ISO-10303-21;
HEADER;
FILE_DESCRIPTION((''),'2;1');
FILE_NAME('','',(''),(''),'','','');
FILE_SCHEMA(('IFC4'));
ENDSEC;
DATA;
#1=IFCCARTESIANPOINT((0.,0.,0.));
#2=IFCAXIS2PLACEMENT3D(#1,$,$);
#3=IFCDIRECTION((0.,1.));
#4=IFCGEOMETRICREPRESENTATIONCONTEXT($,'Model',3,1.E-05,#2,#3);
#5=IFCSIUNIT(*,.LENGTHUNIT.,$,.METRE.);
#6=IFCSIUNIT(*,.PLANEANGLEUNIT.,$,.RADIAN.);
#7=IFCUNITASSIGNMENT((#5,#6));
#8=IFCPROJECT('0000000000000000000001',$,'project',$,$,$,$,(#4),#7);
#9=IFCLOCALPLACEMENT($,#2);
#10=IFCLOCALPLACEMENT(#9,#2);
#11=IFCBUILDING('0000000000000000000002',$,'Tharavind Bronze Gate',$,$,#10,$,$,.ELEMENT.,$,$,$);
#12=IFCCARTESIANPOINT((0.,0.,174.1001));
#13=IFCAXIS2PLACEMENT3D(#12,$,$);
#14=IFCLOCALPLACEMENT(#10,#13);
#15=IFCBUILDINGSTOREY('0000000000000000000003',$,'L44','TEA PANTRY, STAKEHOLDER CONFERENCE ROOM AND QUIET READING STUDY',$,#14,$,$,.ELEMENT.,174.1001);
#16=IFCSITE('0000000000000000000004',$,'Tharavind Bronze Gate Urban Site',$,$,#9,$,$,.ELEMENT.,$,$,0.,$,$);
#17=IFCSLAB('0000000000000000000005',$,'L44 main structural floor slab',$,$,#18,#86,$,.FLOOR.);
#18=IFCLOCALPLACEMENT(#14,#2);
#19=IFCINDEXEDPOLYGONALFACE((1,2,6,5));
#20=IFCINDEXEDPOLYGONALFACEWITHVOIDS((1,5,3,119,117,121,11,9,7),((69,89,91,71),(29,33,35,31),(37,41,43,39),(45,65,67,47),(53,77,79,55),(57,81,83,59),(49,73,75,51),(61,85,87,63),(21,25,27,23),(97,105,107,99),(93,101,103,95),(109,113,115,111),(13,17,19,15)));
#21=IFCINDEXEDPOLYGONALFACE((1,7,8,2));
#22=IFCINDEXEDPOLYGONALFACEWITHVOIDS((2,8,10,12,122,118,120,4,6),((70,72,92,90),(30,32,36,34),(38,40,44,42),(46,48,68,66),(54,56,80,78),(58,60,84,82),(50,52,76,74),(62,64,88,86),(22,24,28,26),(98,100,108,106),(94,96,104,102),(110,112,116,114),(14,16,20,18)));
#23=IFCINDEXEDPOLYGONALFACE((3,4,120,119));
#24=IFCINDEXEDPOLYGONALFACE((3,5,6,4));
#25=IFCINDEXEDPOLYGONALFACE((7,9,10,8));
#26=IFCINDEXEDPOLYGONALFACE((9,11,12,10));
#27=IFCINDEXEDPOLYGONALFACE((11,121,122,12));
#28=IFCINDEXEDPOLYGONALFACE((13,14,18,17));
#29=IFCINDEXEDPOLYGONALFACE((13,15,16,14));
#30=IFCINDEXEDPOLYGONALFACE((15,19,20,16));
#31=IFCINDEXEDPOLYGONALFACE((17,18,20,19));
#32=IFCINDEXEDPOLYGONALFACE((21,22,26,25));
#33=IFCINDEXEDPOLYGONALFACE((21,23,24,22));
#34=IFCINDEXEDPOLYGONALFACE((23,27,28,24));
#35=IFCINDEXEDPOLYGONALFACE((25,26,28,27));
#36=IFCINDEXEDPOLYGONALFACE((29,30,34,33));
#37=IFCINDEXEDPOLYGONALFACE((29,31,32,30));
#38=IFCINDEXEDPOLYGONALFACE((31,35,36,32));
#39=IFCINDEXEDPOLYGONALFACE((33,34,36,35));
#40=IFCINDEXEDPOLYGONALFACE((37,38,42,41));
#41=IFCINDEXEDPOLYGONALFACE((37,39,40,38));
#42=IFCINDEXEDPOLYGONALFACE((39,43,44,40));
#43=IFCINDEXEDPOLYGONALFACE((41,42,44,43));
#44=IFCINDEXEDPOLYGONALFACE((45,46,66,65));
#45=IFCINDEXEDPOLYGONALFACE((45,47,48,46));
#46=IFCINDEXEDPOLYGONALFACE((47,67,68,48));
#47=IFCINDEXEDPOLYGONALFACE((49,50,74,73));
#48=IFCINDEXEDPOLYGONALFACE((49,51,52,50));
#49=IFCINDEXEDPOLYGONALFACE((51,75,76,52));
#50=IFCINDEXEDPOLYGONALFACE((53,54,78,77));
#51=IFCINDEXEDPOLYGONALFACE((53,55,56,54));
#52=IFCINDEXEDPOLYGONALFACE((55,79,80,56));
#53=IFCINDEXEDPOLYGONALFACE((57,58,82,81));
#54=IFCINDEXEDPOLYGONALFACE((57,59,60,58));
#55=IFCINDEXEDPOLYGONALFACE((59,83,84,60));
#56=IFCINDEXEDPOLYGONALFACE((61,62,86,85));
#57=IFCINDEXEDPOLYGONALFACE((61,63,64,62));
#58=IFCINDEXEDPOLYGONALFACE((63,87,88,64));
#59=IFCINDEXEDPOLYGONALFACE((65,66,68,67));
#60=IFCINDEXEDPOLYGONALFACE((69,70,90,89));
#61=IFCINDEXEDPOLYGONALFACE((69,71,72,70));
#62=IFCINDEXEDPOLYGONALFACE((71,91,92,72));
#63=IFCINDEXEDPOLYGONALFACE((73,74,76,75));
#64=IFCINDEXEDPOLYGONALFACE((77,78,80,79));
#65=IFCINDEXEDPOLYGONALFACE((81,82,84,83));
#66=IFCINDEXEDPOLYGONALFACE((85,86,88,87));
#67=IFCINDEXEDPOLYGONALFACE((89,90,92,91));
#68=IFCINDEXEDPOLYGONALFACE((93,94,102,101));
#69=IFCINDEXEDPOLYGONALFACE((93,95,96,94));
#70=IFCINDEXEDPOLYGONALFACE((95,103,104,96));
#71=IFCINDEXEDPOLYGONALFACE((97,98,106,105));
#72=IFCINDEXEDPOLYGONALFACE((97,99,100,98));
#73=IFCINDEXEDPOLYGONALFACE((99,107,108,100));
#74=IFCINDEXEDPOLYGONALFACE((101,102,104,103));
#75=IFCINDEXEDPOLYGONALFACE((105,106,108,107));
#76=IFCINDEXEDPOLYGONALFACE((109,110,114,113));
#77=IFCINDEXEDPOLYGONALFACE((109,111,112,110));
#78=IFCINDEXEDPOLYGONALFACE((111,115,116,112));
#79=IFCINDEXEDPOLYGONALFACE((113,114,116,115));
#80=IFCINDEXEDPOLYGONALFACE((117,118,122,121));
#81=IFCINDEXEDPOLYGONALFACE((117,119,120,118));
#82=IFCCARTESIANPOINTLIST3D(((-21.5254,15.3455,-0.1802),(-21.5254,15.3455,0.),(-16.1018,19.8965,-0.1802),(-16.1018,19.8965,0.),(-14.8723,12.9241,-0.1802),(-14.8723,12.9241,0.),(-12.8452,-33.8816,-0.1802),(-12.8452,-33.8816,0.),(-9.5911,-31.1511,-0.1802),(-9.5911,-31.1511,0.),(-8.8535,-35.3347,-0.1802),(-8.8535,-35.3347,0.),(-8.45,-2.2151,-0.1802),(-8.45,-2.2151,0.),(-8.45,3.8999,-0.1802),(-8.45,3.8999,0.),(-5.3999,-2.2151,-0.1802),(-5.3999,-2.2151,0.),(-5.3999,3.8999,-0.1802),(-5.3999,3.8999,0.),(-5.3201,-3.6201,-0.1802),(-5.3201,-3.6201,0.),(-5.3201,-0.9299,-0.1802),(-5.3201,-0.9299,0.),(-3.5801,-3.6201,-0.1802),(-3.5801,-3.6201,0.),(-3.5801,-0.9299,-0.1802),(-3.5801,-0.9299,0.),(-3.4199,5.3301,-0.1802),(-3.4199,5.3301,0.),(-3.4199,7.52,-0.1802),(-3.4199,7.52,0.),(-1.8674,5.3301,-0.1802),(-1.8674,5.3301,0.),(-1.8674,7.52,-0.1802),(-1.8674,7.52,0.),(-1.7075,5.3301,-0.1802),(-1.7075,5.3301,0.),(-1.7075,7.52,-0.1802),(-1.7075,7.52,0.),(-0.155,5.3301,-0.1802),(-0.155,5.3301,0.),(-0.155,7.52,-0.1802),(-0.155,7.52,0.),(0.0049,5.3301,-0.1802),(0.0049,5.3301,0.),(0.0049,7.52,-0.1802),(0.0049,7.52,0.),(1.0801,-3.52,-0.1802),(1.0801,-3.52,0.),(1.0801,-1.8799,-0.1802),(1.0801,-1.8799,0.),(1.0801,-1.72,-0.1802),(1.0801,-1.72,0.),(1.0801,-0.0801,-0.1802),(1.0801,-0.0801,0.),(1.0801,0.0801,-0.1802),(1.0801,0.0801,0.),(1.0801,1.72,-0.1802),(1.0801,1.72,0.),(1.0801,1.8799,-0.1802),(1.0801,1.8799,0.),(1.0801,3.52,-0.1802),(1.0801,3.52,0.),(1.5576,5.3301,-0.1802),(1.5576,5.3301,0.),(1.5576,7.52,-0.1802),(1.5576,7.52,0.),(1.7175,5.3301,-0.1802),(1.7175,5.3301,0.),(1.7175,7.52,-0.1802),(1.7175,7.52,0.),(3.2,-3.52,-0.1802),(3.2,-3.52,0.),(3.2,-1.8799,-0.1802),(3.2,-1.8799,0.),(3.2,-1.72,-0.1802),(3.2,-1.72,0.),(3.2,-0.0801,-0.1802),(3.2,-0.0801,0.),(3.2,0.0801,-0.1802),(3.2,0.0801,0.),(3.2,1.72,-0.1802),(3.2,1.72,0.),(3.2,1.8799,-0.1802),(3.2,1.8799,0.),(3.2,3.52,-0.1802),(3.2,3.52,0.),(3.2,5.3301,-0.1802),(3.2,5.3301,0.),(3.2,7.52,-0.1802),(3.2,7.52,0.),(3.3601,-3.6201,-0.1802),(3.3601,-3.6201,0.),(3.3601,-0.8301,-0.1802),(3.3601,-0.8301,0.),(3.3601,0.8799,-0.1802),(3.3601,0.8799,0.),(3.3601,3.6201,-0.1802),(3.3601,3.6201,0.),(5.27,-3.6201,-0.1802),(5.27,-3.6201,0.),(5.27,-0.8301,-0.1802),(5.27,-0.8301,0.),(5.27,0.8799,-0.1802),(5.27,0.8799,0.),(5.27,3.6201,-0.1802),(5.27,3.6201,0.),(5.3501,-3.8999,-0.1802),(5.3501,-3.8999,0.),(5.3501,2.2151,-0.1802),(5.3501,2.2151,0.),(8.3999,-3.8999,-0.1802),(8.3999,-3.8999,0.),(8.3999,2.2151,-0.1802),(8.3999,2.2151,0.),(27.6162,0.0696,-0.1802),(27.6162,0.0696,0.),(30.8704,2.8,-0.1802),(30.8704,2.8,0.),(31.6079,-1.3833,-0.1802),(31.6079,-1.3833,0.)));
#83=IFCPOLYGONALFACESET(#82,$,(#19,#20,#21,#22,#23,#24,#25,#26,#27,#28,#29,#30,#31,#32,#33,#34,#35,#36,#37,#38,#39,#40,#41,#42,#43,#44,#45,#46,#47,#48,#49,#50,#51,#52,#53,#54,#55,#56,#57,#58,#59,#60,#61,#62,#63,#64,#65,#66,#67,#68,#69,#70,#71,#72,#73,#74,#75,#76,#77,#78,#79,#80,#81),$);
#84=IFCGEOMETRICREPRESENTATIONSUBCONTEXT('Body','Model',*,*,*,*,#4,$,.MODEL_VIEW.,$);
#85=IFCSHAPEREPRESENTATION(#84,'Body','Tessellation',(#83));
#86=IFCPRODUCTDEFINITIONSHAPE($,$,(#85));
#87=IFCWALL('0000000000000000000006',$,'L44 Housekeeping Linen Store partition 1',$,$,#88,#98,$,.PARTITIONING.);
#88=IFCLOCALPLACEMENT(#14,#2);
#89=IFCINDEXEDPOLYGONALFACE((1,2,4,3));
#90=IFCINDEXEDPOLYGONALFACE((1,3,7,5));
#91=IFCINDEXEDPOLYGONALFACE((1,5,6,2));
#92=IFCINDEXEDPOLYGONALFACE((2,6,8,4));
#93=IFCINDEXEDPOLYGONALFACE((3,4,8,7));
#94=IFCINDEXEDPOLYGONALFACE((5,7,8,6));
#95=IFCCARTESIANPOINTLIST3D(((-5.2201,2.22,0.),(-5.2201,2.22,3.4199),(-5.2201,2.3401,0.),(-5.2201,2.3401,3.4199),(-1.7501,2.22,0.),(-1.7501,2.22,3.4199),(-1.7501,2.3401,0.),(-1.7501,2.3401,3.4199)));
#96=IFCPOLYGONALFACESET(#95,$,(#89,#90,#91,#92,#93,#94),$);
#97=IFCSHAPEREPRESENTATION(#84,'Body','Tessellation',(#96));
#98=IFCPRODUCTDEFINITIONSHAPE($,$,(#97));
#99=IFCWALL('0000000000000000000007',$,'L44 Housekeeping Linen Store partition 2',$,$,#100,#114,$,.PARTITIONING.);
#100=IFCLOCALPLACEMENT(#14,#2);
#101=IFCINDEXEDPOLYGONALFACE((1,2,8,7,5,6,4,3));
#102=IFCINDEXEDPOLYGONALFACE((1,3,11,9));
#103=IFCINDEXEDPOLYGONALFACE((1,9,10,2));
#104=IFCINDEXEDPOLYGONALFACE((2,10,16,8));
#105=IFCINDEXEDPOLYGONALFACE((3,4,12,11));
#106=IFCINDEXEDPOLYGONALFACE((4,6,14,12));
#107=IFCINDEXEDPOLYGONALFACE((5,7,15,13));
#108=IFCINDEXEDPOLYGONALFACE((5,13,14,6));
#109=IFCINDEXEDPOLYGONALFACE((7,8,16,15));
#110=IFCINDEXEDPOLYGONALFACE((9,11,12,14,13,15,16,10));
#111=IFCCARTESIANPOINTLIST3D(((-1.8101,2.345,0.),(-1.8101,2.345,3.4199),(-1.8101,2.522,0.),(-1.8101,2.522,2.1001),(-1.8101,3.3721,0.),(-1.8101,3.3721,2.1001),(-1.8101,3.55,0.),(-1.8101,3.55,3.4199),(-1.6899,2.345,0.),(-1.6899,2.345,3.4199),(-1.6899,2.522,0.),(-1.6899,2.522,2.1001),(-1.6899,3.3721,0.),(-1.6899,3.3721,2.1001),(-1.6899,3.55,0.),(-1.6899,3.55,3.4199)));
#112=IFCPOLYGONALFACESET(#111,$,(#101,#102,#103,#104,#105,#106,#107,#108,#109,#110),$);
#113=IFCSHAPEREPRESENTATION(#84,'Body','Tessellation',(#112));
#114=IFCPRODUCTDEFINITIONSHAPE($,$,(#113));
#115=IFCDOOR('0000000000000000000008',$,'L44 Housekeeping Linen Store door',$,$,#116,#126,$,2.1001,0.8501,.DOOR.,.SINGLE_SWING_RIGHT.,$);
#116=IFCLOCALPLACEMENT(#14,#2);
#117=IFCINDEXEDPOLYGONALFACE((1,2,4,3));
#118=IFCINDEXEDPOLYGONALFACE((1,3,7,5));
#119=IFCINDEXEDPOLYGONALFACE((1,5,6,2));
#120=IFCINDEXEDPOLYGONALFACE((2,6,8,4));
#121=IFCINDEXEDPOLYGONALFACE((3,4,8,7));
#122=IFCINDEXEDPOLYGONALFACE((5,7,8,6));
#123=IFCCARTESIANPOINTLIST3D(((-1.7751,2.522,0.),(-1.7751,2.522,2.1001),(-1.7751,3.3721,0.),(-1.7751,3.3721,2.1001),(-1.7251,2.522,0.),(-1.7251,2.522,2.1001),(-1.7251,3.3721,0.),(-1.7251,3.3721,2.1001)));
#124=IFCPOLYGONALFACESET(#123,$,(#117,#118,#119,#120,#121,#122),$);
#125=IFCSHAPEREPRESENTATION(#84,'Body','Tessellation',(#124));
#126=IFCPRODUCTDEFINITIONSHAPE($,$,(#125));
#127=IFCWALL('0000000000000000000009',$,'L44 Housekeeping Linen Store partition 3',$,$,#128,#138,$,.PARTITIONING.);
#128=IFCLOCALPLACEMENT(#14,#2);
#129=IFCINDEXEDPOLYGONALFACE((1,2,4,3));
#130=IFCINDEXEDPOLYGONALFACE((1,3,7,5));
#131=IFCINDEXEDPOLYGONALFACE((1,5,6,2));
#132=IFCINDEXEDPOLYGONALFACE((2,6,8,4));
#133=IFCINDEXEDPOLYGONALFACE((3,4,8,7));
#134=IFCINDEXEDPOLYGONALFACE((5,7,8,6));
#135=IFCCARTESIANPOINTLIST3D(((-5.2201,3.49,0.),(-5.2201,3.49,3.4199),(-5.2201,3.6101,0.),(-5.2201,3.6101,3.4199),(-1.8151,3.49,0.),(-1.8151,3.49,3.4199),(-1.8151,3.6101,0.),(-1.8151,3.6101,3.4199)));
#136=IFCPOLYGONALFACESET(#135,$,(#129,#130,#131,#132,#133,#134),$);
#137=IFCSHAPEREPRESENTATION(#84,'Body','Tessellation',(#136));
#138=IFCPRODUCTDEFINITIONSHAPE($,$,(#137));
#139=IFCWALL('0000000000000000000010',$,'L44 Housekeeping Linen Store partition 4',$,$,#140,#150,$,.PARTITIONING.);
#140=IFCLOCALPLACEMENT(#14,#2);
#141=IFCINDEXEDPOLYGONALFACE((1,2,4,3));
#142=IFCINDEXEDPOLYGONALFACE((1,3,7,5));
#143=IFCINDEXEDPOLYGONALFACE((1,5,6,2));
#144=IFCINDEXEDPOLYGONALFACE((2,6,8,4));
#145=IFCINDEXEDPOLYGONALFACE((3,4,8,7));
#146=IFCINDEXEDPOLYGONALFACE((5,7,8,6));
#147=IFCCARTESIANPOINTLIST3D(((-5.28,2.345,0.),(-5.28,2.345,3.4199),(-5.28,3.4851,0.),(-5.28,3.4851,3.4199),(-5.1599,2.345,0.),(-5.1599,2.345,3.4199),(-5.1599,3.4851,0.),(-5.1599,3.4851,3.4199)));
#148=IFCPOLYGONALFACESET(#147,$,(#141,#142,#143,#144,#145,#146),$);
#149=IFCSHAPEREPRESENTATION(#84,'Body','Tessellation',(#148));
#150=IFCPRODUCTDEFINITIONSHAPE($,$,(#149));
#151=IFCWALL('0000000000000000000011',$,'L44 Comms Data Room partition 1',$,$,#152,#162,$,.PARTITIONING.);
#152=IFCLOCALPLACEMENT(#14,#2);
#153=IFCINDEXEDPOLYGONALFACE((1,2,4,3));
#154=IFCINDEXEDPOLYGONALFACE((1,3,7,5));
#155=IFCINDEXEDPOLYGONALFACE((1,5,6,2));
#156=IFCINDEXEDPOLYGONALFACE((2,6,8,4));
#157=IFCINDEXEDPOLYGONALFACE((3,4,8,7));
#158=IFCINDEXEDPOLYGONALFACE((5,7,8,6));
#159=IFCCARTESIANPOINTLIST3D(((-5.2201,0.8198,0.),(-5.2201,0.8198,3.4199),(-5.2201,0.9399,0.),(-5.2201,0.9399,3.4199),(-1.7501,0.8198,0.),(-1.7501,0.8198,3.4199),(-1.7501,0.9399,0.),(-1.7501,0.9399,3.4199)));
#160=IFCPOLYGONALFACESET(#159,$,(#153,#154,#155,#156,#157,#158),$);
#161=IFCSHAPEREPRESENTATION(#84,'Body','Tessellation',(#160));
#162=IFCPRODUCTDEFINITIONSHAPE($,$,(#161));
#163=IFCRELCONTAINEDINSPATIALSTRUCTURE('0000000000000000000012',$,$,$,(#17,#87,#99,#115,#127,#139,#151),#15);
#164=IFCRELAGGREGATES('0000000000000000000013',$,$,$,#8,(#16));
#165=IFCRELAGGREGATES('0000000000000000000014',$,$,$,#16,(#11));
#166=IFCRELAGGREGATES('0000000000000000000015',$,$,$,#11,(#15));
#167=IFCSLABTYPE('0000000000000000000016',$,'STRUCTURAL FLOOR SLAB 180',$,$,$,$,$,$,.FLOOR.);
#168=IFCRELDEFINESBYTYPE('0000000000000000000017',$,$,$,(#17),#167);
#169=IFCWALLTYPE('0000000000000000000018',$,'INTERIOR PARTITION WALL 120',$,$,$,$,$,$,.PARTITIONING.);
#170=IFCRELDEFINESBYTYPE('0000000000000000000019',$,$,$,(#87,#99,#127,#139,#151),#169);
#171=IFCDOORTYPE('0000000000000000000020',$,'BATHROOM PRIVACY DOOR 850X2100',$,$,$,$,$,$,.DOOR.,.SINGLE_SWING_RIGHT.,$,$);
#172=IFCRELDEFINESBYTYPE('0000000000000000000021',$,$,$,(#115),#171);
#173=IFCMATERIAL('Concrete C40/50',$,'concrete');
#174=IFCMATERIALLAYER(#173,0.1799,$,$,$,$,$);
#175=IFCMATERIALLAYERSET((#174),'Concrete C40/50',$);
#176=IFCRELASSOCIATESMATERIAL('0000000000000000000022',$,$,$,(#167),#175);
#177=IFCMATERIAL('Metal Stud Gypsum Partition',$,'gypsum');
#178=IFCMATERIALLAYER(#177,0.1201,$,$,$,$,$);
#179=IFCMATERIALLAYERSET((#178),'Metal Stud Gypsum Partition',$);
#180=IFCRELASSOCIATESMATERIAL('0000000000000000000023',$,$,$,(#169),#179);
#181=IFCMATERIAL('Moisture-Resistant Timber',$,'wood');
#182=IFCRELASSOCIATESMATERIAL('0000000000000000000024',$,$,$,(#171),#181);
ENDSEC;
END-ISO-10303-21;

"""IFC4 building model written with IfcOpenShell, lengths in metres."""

from ifc_helpers import new_model, si_unit, direction, frame, frame_2d, origin, place, context, subcontext, project, spatial, polyline, rectangle, outline, extrude, material, layer, layer_set, type_object, element, fill, save


model = new_model("IFC4")

# Units and contexts
model_context = context("Model", 3, precision=1e-05, world=origin(), true_north=direction((0.0, 1.0)))
body_context = subcontext(model_context, "Body", "Model", "MODEL_VIEW")
ifc_project = project(units=[si_unit("LENGTHUNIT", "METRE"), si_unit("PLANEANGLEUNIT", "RADIAN")], contexts=[model_context])

# Site, building, storey
site_placement = place(None, origin())
site = spatial("IfcSite", under=ifc_project, at=site_placement, Name="Tharavind Bronze Gate Urban Site", CompositionType="ELEMENT", RefElevation=0.0)
building_placement = place(site_placement, origin())
building = spatial("IfcBuilding", under=site, at=building_placement, Name="Tharavind Bronze Gate", CompositionType="ELEMENT")
storey_placement = place(building_placement, frame((0.0, 0.0, 174.1001)))
storey = spatial("IfcBuildingStorey", under=building, at=storey_placement, Name="L44", Description="TEA PANTRY, STAKEHOLDER CONFERENCE ROOM AND QUIET READING STUDY", CompositionType="ELEMENT", Elevation=174.1001)

# Slab
ifc_material_1 = material(Name="Concrete C40/50", Category="concrete")
ifc_layer_1 = layer(ifc_material_1, 0.1799)
ifc_layer_set_1 = layer_set([ifc_layer_1], Name="Concrete C40/50")
slab_type = type_object("IfcSlabType", Name="STRUCTURAL FLOOR SLAB 180", PredefinedType="FLOOR", material=ifc_layer_set_1)
slab_placement = place(storey_placement, frame((0.0, 0.0, -0.1802)))
element("IfcSlab", 1, at=slab_placement, inside=storey, type_object=slab_type, Name="L44 main structural floor slab", PredefinedType="FLOOR", context=body_context, shape_type="SweptSolid", body=[
    extrude(outline(polyline([(-16.1018, 19.8965), (-14.8723, 12.9241), (-21.5254, 15.3455), (-12.8452, -33.8816), (-9.5911, -31.1511), (-8.8535, -35.3347), (31.6079, -1.3833), (27.6162, 0.0696), (30.8704, 2.8), (-16.1018, 19.8965)]), holes=[polyline([(-5.3999, -2.2151), (-5.3999, 3.8999), (-8.45, 3.8999), (-8.45, -2.2151), (-5.3999, -2.2151)]), polyline([(5.3501, 2.2151), (5.3501, -3.8999), (8.3999, -3.8999), (8.3999, 2.2151), (5.3501, 2.2151)]), polyline([(-3.4199, 5.3301), (-1.8674, 5.3301), (-1.8674, 7.52), (-3.4199, 7.52), (-3.4199, 5.3301)]), polyline([(-1.7075, 5.3301), (-0.155, 5.3301), (-0.155, 7.52), (-1.7075, 7.52), (-1.7075, 5.3301)]), polyline([(0.0049, 5.3301), (1.5576, 5.3301), (1.5576, 7.52), (0.0049, 7.52), (0.0049, 5.3301)]), polyline([(1.7175, 5.3301), (3.2, 5.3301), (3.2, 7.52), (1.7175, 7.52), (1.7175, 5.3301)]), polyline([(1.0801, -3.52), (3.2, -3.52), (3.2, -1.8799), (1.0801, -1.8799), (1.0801, -3.52)]), polyline([(1.0801, -1.72), (3.2, -1.72), (3.2, -0.0801), (1.0801, -0.0801), (1.0801, -1.72)]), polyline([(1.0801, 0.0801), (3.2, 0.0801), (3.2, 1.72), (1.0801, 1.72), (1.0801, 0.0801)]), polyline([(1.0801, 1.8799), (3.2, 1.8799), (3.2, 3.52), (1.0801, 3.52), (1.0801, 1.8799)]), polyline([(-5.3201, -3.6201), (-3.5801, -3.6201), (-3.5801, -0.9299), (-5.3201, -0.9299), (-5.3201, -3.6201)]), polyline([(3.3601, 0.8799), (5.27, 0.8799), (5.27, 3.6201), (3.3601, 3.6201), (3.3601, 0.8799)]), polyline([(3.3601, -3.6201), (5.27, -3.6201), (5.27, -0.8301), (3.3601, -0.8301), (3.3601, -3.6201)])]), origin(), (0.0, 0.0, 1.0), 0.1802),
])

# Wall
ifc_material_2 = material(Name="Metal Stud Gypsum Partition", Category="gypsum")
ifc_layer_2 = layer(ifc_material_2, 0.1201)
ifc_layer_set_2 = layer_set([ifc_layer_2], Name="Metal Stud Gypsum Partition")
wall_type_1 = type_object("IfcWallType", Name="INTERIOR PARTITION WALL 120", PredefinedType="PARTITIONING", material=ifc_layer_set_2)
wall_1_placement = place(storey_placement, frame((-5.22, 2.28, 0.0), z_axis=(0.0, 0.0, 1.0), x_axis=(1.0, 0.0, 0.0)))
element("IfcWall", 2, at=wall_1_placement, inside=storey, type_object=wall_type_1, Name="L44 Housekeeping Linen Store partition 1", PredefinedType="PARTITIONING", context=body_context, shape_type="SweptSolid", body=[
    extrude(rectangle(XDim=3.47, YDim=0.1201, at=frame_2d((1.7349, 0.0))), origin(), (0.0, 0.0, 1.0), 3.4199),
])

# Wall, opening, door
wall_2_placement = place(storey_placement, frame((-1.75, 2.345, 0.0), z_axis=(0.0, 0.0, 1.0), x_axis=(0.0, 1.0, 0.0)))
wall_2 = element("IfcWall", 3, at=wall_2_placement, inside=storey, type_object=wall_type_1, Name="L44 Housekeeping Linen Store partition 2", PredefinedType="PARTITIONING", context=body_context, shape_type="SweptSolid", body=[
    extrude(rectangle(XDim=1.2051, YDim=0.1201, at=frame_2d((0.6025, 0.0))), origin(), (0.0, 0.0, 1.0), 3.4199),
])
opening_1_placement = place(wall_2_placement, frame((0.177, 0.0, 0.0)))
opening_1 = element("IfcOpeningElement", 4, at=opening_1_placement, cuts=wall_2, PredefinedType="OPENING", context=body_context, shape_type="SweptSolid", body=[
    extrude(rectangle(XDim=0.8501, YDim=2.1001, at=frame_2d((0.425, 1.05))), frame((0.0, 0.0701, 0.0), z_axis=(0.0, -1.0, 0.0), x_axis=(1.0, 0.0, 0.0)), (0.0, 0.0, 1.0), 0.1401),
])
ifc_material_3 = material(Name="Moisture-Resistant Timber", Category="wood")
door_type_1 = type_object("IfcDoorType", Name="BATHROOM PRIVACY DOOR 850X2100", OperationType="SINGLE_SWING_RIGHT", PredefinedType="DOOR", material=ifc_material_3)
door_1_placement = place(opening_1_placement, frame((0.8501, 0.0, 0.0), z_axis=(0.0, 0.0, 1.0), x_axis=(-1.0, 0.0, 0.0)))
door_1 = element("IfcDoor", 5, at=door_1_placement, inside=storey, type_object=door_type_1, Name="L44 Housekeeping Linen Store door", OperationType="SINGLE_SWING_RIGHT", OverallHeight=2.1001, OverallWidth=0.8501, PredefinedType="DOOR", context=body_context, shape_type="SweptSolid", body=[
    extrude(rectangle(XDim=0.8501, YDim=2.1001, at=frame_2d((0.425, 1.05))), frame((0.0, 0.0249, 0.0), z_axis=(0.0, -1.0, 0.0), x_axis=(1.0, 0.0, 0.0)), (0.0, 0.0, 1.0), 0.05),
])
fill(opening_1, door_1)

# Walls
wall_3_placement = place(storey_placement, frame((-1.8149, 3.55, 0.0), z_axis=(0.0, 0.0, 1.0), x_axis=(-1.0, 0.0, 0.0)))
element("IfcWall", 6, at=wall_3_placement, inside=storey, type_object=wall_type_1, Name="L44 Housekeeping Linen Store partition 3", PredefinedType="PARTITIONING", context=body_context, shape_type="SweptSolid", body=[
    extrude(rectangle(XDim=3.405, YDim=0.1201, at=frame_2d((1.7026, 0.0))), origin(), (0.0, 0.0, 1.0), 3.4199),
])
wall_4_placement = place(storey_placement, frame((-5.22, 3.4851, 0.0), z_axis=(0.0, 0.0, 1.0), x_axis=(0.0, -1.0, 0.0)))
element("IfcWall", 7, at=wall_4_placement, inside=storey, type_object=wall_type_1, Name="L44 Housekeeping Linen Store partition 4", PredefinedType="PARTITIONING", context=body_context, shape_type="SweptSolid", body=[
    extrude(rectangle(XDim=1.1401, YDim=0.1201, at=frame_2d((0.5701, 0.0))), origin(), (0.0, 0.0, 1.0), 3.4199),
])
wall_5_placement = place(storey_placement, frame((-5.22, 0.8799, 0.0), z_axis=(0.0, 0.0, 1.0), x_axis=(1.0, 0.0, 0.0)))
element("IfcWall", 8, at=wall_5_placement, inside=storey, type_object=wall_type_1, Name="L44 Comms Data Room partition 1", PredefinedType="PARTITIONING", context=body_context, shape_type="SweptSolid", body=[
    extrude(rectangle(XDim=3.47, YDim=0.1201, at=frame_2d((1.7349, 0.0))), origin(), (0.0, 0.0, 1.0), 3.4199),
])

save(model, "model.ifc")
